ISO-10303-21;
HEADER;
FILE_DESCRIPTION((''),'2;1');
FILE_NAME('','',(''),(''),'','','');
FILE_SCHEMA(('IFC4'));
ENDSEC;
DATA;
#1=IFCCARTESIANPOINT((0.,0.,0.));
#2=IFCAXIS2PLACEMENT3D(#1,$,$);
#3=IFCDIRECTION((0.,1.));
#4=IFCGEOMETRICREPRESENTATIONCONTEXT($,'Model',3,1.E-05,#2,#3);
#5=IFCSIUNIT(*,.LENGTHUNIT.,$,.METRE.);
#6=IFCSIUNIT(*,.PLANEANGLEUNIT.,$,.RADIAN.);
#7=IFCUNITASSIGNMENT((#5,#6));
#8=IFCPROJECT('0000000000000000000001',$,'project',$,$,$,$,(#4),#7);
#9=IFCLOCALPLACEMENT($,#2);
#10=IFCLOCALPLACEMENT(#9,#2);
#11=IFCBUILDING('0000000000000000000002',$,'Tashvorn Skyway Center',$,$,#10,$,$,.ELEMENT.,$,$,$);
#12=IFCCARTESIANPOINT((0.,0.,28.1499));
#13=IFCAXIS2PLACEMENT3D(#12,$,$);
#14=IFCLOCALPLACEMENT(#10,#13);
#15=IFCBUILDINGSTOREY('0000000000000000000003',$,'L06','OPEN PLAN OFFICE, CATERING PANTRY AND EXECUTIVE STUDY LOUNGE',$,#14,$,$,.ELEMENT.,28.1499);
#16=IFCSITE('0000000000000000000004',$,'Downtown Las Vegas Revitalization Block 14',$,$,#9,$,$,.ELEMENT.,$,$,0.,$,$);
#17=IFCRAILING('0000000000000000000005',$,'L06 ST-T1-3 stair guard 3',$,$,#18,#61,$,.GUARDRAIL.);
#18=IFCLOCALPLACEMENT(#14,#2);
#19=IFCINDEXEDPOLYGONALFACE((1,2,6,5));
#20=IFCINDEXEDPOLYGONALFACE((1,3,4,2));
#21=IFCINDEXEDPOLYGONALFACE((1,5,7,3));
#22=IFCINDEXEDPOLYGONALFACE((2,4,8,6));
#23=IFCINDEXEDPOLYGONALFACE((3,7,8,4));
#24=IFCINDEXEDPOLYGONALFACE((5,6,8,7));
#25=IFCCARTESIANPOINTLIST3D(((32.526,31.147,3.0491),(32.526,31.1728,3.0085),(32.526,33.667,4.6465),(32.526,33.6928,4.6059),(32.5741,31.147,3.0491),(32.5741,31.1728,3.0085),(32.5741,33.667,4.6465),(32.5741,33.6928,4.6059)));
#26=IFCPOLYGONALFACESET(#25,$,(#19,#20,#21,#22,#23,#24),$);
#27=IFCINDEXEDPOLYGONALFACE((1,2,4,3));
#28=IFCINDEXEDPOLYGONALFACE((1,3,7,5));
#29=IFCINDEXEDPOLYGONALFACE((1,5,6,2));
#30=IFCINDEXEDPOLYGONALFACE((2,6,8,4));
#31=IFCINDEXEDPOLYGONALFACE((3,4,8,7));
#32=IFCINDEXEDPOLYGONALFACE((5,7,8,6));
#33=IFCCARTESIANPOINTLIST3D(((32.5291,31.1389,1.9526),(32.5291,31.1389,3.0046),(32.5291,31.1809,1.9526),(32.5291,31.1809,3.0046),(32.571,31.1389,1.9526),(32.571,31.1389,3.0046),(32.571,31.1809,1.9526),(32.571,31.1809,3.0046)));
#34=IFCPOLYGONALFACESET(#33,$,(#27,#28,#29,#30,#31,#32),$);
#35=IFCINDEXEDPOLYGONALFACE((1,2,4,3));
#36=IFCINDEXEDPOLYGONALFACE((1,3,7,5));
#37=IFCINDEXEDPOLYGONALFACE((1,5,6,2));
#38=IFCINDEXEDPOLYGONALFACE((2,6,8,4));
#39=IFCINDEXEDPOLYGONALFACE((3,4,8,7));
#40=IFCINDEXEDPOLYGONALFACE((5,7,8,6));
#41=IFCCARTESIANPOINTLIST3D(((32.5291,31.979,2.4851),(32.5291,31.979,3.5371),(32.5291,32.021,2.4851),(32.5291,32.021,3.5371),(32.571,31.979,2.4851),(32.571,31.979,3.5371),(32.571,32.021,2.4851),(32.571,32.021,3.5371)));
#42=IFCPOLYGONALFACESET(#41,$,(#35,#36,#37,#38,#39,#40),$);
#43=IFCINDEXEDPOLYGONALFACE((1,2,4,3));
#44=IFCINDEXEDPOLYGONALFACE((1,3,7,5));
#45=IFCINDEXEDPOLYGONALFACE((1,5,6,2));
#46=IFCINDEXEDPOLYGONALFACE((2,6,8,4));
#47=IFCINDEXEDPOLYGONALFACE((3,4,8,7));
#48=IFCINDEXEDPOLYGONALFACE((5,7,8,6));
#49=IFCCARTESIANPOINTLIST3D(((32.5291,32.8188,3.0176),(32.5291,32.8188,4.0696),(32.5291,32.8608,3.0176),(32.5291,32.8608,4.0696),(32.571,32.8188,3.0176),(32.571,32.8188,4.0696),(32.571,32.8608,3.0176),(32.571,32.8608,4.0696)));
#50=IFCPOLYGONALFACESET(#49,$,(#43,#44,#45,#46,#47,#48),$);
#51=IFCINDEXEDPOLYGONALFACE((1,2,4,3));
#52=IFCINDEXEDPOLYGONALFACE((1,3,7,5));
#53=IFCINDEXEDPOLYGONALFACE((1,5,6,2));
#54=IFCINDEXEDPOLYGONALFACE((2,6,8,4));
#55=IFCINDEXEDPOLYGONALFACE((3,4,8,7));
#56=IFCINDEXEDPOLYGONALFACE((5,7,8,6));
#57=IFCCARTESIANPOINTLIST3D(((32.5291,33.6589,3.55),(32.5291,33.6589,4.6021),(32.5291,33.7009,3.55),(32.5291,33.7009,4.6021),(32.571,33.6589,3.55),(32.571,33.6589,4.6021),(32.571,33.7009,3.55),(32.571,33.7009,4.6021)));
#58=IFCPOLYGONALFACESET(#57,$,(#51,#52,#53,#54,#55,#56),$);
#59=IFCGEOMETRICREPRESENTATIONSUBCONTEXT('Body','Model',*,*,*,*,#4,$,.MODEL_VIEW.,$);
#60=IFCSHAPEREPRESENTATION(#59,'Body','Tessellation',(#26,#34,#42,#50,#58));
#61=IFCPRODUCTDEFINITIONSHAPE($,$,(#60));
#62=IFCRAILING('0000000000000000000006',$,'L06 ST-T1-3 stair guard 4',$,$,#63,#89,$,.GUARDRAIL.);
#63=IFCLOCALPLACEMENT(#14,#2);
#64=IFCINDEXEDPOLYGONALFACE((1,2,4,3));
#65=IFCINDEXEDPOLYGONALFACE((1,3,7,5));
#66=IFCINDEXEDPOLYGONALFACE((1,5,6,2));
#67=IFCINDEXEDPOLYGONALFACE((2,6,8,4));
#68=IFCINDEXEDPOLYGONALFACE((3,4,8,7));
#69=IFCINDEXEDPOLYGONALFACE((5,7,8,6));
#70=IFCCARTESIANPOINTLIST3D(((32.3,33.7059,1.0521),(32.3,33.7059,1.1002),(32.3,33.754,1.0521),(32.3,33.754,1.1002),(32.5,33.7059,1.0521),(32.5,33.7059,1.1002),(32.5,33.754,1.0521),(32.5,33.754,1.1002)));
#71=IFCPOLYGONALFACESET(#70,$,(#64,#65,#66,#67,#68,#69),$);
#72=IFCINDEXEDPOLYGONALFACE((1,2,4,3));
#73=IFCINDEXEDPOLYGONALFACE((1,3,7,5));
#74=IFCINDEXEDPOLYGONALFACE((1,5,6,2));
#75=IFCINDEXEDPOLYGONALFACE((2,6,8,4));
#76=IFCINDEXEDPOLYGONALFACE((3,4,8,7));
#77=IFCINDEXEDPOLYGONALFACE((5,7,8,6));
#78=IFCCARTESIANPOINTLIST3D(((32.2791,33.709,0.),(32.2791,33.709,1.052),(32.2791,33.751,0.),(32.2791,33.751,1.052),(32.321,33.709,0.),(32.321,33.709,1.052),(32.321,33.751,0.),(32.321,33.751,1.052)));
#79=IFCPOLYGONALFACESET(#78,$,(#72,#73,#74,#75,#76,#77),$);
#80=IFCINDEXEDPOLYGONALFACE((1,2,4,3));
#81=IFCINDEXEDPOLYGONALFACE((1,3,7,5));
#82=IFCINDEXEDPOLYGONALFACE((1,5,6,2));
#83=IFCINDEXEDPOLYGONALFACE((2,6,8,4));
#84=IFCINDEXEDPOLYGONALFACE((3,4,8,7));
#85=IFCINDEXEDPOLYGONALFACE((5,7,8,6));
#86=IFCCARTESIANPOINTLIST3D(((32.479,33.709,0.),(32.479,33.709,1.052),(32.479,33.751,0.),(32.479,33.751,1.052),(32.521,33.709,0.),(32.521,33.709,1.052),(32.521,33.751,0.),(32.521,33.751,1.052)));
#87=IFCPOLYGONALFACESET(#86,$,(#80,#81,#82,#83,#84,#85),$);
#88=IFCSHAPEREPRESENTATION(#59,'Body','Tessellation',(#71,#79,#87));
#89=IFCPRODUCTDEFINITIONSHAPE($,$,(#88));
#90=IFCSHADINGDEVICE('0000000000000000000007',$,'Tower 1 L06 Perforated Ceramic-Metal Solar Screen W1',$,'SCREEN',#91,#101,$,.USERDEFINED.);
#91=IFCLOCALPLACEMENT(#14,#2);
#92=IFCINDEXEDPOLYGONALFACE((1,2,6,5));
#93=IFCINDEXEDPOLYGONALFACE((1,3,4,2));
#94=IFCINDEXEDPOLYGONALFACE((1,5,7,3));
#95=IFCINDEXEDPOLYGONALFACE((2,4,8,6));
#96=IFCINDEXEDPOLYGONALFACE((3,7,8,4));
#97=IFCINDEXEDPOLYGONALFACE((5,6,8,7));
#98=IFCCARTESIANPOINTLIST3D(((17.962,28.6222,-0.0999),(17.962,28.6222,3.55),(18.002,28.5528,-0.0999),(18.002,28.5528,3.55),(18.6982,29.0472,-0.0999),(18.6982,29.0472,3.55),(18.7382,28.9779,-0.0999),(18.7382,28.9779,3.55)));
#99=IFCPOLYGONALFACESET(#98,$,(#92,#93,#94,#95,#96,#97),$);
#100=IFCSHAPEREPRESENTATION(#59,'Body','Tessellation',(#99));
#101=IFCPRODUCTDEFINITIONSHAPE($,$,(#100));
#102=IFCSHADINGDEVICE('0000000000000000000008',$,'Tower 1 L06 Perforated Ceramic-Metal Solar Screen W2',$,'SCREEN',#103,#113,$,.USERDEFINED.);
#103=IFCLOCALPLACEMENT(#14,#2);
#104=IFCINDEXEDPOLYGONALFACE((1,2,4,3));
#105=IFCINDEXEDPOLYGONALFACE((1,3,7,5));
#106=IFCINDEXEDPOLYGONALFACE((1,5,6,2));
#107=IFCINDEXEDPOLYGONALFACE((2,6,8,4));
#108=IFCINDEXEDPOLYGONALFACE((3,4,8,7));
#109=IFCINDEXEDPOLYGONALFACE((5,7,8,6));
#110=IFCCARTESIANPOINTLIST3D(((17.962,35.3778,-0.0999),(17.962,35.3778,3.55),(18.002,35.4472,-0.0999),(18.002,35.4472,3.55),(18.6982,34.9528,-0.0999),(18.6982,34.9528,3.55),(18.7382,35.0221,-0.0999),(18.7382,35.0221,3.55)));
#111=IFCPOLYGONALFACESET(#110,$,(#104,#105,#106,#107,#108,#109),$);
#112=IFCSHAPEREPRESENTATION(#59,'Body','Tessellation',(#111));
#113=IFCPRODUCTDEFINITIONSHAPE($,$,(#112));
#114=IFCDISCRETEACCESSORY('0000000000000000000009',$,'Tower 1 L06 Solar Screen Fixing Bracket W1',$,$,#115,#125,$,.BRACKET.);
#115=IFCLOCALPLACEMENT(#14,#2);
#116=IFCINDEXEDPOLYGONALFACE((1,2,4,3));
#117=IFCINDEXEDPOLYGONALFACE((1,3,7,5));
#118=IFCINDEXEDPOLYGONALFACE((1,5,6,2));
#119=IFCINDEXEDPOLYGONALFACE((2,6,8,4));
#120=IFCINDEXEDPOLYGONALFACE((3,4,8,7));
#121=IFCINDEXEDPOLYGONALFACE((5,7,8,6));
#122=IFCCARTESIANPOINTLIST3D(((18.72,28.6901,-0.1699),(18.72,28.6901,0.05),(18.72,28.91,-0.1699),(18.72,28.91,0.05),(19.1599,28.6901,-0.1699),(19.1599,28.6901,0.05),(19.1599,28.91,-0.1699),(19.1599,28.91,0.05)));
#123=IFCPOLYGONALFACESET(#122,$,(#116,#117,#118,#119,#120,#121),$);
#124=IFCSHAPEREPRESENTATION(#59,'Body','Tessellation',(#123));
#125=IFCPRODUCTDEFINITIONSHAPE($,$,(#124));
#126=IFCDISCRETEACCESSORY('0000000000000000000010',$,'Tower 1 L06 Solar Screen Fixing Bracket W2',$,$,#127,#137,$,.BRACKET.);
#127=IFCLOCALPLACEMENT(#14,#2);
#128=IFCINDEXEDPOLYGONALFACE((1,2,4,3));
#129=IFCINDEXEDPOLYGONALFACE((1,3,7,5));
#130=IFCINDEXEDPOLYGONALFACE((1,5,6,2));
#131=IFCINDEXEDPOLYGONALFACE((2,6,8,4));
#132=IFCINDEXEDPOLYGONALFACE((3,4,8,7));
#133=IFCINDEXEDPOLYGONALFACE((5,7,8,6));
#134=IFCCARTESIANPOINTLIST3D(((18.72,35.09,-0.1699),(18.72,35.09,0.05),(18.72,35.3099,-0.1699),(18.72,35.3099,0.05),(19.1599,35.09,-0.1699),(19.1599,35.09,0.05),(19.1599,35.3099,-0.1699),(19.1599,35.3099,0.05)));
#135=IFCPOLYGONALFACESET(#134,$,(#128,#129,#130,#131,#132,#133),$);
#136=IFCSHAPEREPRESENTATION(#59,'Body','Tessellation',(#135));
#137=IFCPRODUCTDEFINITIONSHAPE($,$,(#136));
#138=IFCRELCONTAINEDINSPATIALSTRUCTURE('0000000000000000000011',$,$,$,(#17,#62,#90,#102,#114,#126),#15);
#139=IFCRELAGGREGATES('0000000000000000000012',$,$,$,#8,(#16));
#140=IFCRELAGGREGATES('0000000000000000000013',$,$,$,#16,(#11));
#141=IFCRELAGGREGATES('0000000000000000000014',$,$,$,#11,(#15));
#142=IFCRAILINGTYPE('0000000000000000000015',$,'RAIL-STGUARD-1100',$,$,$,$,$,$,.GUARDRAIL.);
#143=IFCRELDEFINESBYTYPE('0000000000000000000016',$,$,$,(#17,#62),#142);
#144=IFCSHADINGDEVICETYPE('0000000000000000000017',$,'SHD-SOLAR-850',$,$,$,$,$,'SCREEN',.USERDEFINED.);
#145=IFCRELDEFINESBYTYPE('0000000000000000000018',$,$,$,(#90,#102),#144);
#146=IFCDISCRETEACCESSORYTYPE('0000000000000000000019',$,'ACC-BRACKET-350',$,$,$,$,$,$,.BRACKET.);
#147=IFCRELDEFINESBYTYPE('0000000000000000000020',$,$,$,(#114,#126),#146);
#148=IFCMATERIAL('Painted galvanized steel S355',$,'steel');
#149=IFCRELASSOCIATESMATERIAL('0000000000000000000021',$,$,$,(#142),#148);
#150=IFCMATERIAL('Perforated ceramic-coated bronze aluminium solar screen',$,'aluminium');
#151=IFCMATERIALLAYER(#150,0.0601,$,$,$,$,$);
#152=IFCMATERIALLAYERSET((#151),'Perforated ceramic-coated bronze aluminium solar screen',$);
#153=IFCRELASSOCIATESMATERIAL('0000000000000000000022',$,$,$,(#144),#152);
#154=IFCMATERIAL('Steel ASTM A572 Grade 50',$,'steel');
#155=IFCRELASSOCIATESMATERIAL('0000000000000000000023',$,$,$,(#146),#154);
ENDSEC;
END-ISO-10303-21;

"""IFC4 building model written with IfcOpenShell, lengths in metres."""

from ifc_helpers import new_model, si_unit, direction, frame, origin, origin_2d, place, context, subcontext, project, spatial, rectangle, extrude, material, layer, layer_set, type_object, element, save


model = new_model("IFC4")

# Units and contexts
model_context = context("Model", 3, precision=1e-05, world=origin(), true_north=direction((0.0, 1.0)))
body_context = subcontext(model_context, "Body", "Model", "MODEL_VIEW")
ifc_project = project(units=[si_unit("LENGTHUNIT", "METRE"), si_unit("PLANEANGLEUNIT", "RADIAN")], contexts=[model_context])

# Site, building, storey
site_placement = place(None, origin())
site = spatial("IfcSite", under=ifc_project, at=site_placement, Name="Downtown Las Vegas Revitalization Block 14", CompositionType="ELEMENT", RefElevation=0.0)
building_placement = place(site_placement, origin())
building = spatial("IfcBuilding", under=site, at=building_placement, Name="Tashvorn Skyway Center", CompositionType="ELEMENT")
storey_placement = place(building_placement, frame((0.0, 0.0, 28.1499)))
storey = spatial("IfcBuildingStorey", under=building, at=storey_placement, Name="L06", Description="OPEN PLAN OFFICE, CATERING PANTRY AND EXECUTIVE STUDY LOUNGE", CompositionType="ELEMENT", Elevation=28.1499)

# Shared definitions
ifc_material_1 = material(Name="Steel ASTM A572 Grade 50", Category="steel")

# Shared definitions
ifc_material_2 = material(Name="Perforated ceramic-coated bronze aluminium solar screen", Category="aluminium")

# Railings
ifc_material_3 = material(Name="Painted galvanized steel S355", Category="steel")
railing_type_1 = type_object("IfcRailingType", Name="RAIL-STGUARD-1100", PredefinedType="GUARDRAIL", material=ifc_material_3)
railing_1_placement = place(storey_placement, frame((32.55, 31.1599, 1.9526)))
element("IfcRailing", 1, at=railing_1_placement, inside=storey, type_object=railing_type_1, Name="L06 ST-T1-3 stair guard 3", PredefinedType="GUARDRAIL", context=body_context, shape_type="SweptSolid", body=[
    extrude(rectangle(XDim=0.0481, YDim=0.0481, at=origin_2d()), frame((0.0, 0.0, 1.0762), z_axis=(0.0, 0.844607, 0.535387), x_axis=(-1.0, 0.0, 0.0)), (0.0, 0.0, 1.0), 2.9836),
    extrude(rectangle(XDim=0.042, YDim=0.042, at=origin_2d()), origin(), (0.0, 0.0, 1.0), 1.052),
    extrude(rectangle(XDim=0.042, YDim=0.042, at=origin_2d()), frame((0.0, 0.8401, 0.5325)), (0.0, 0.0, 1.0), 1.052),
    extrude(rectangle(XDim=0.042, YDim=0.042, at=origin_2d()), frame((0.0, 1.6799, 1.0649)), (0.0, 0.0, 1.0), 1.052),
    extrude(rectangle(XDim=0.042, YDim=0.042, at=origin_2d()), frame((0.0, 2.52, 1.5974)), (0.0, 0.0, 1.0), 1.052),
])
railing_2_placement = place(storey_placement, frame((32.3, 33.73, 0.0)))
element("IfcRailing", 2, at=railing_2_placement, inside=storey, type_object=railing_type_1, Name="L06 ST-T1-3 stair guard 4", PredefinedType="GUARDRAIL", context=body_context, shape_type="SweptSolid", body=[
    extrude(rectangle(XDim=0.0481, YDim=0.0481, at=origin_2d()), frame((0.0, 0.0, 1.0762), z_axis=(1.0, 0.0, 0.0), x_axis=(0.0, 1.0, 0.0)), (0.0, 0.0, 1.0), 0.2),
    extrude(rectangle(XDim=0.042, YDim=0.042, at=origin_2d()), origin(), (0.0, 0.0, 1.0), 1.052),
    extrude(rectangle(XDim=0.042, YDim=0.042, at=origin_2d()), frame((0.2, 0.0, 0.0)), (0.0, 0.0, 1.0), 1.052),
])

# Shading devices
ifc_layer_1 = layer(ifc_material_2, 0.0601)
ifc_layer_set_1 = layer_set([ifc_layer_1], Name="Perforated ceramic-coated bronze aluminium solar screen")
shading_device_type = type_object("IfcShadingDeviceType", Name="SHD-SOLAR-850", ElementType="SCREEN", PredefinedType="USERDEFINED", material=ifc_layer_set_1)
for number, where, z_axis, x_axis, name in (
    (3, (18.3501, 28.8, -0.0999), (0.0, 0.0, 1.0), (-0.5, 0.866025, 0.0), "Tower 1 L06 Perforated Ceramic-Metal Solar Screen W1"),
    (4, (18.3501, 35.2, -0.0999), (0.0, 0.0, 1.0), (0.5, 0.866025, 0.0), "Tower 1 L06 Perforated Ceramic-Metal Solar Screen W2"),
):
    element("IfcShadingDevice", number, at=place(storey_placement, frame(where, z_axis=z_axis, x_axis=x_axis)), inside=storey, type_object=shading_device_type, Name=name, ObjectType="SCREEN", PredefinedType="USERDEFINED", context=body_context, shape_type="SweptSolid", body=[
        extrude(rectangle(XDim=0.0801, YDim=0.8501, at=origin_2d()), origin(), (0.0, 0.0, 1.0), 3.6499),
    ])

# Discrete accessories
discrete_accessory_type = type_object("IfcDiscreteAccessoryType", Name="ACC-BRACKET-350", PredefinedType="BRACKET", material=ifc_material_1)
for number, where, z_axis, x_axis, name in (
    (5, (18.9399, 28.8, -0.1699), (0.0, 0.0, 1.0), (0.0, 1.0, 0.0), "Tower 1 L06 Solar Screen Fixing Bracket W1"),
    (6, (18.9399, 35.2, -0.1699), (0.0, 0.0, 1.0), (0.0, 1.0, 0.0), "Tower 1 L06 Solar Screen Fixing Bracket W2"),
):
    element("IfcDiscreteAccessory", number, at=place(storey_placement, frame(where, z_axis=z_axis, x_axis=x_axis)), inside=storey, type_object=discrete_accessory_type, Name=name, PredefinedType="BRACKET", context=body_context, shape_type="SweptSolid", body=[
        extrude(rectangle(XDim=0.22, YDim=0.4399, at=origin_2d()), origin(), (0.0, 0.0, 1.0), 0.22),
    ])

save(model, "model.ifc")
